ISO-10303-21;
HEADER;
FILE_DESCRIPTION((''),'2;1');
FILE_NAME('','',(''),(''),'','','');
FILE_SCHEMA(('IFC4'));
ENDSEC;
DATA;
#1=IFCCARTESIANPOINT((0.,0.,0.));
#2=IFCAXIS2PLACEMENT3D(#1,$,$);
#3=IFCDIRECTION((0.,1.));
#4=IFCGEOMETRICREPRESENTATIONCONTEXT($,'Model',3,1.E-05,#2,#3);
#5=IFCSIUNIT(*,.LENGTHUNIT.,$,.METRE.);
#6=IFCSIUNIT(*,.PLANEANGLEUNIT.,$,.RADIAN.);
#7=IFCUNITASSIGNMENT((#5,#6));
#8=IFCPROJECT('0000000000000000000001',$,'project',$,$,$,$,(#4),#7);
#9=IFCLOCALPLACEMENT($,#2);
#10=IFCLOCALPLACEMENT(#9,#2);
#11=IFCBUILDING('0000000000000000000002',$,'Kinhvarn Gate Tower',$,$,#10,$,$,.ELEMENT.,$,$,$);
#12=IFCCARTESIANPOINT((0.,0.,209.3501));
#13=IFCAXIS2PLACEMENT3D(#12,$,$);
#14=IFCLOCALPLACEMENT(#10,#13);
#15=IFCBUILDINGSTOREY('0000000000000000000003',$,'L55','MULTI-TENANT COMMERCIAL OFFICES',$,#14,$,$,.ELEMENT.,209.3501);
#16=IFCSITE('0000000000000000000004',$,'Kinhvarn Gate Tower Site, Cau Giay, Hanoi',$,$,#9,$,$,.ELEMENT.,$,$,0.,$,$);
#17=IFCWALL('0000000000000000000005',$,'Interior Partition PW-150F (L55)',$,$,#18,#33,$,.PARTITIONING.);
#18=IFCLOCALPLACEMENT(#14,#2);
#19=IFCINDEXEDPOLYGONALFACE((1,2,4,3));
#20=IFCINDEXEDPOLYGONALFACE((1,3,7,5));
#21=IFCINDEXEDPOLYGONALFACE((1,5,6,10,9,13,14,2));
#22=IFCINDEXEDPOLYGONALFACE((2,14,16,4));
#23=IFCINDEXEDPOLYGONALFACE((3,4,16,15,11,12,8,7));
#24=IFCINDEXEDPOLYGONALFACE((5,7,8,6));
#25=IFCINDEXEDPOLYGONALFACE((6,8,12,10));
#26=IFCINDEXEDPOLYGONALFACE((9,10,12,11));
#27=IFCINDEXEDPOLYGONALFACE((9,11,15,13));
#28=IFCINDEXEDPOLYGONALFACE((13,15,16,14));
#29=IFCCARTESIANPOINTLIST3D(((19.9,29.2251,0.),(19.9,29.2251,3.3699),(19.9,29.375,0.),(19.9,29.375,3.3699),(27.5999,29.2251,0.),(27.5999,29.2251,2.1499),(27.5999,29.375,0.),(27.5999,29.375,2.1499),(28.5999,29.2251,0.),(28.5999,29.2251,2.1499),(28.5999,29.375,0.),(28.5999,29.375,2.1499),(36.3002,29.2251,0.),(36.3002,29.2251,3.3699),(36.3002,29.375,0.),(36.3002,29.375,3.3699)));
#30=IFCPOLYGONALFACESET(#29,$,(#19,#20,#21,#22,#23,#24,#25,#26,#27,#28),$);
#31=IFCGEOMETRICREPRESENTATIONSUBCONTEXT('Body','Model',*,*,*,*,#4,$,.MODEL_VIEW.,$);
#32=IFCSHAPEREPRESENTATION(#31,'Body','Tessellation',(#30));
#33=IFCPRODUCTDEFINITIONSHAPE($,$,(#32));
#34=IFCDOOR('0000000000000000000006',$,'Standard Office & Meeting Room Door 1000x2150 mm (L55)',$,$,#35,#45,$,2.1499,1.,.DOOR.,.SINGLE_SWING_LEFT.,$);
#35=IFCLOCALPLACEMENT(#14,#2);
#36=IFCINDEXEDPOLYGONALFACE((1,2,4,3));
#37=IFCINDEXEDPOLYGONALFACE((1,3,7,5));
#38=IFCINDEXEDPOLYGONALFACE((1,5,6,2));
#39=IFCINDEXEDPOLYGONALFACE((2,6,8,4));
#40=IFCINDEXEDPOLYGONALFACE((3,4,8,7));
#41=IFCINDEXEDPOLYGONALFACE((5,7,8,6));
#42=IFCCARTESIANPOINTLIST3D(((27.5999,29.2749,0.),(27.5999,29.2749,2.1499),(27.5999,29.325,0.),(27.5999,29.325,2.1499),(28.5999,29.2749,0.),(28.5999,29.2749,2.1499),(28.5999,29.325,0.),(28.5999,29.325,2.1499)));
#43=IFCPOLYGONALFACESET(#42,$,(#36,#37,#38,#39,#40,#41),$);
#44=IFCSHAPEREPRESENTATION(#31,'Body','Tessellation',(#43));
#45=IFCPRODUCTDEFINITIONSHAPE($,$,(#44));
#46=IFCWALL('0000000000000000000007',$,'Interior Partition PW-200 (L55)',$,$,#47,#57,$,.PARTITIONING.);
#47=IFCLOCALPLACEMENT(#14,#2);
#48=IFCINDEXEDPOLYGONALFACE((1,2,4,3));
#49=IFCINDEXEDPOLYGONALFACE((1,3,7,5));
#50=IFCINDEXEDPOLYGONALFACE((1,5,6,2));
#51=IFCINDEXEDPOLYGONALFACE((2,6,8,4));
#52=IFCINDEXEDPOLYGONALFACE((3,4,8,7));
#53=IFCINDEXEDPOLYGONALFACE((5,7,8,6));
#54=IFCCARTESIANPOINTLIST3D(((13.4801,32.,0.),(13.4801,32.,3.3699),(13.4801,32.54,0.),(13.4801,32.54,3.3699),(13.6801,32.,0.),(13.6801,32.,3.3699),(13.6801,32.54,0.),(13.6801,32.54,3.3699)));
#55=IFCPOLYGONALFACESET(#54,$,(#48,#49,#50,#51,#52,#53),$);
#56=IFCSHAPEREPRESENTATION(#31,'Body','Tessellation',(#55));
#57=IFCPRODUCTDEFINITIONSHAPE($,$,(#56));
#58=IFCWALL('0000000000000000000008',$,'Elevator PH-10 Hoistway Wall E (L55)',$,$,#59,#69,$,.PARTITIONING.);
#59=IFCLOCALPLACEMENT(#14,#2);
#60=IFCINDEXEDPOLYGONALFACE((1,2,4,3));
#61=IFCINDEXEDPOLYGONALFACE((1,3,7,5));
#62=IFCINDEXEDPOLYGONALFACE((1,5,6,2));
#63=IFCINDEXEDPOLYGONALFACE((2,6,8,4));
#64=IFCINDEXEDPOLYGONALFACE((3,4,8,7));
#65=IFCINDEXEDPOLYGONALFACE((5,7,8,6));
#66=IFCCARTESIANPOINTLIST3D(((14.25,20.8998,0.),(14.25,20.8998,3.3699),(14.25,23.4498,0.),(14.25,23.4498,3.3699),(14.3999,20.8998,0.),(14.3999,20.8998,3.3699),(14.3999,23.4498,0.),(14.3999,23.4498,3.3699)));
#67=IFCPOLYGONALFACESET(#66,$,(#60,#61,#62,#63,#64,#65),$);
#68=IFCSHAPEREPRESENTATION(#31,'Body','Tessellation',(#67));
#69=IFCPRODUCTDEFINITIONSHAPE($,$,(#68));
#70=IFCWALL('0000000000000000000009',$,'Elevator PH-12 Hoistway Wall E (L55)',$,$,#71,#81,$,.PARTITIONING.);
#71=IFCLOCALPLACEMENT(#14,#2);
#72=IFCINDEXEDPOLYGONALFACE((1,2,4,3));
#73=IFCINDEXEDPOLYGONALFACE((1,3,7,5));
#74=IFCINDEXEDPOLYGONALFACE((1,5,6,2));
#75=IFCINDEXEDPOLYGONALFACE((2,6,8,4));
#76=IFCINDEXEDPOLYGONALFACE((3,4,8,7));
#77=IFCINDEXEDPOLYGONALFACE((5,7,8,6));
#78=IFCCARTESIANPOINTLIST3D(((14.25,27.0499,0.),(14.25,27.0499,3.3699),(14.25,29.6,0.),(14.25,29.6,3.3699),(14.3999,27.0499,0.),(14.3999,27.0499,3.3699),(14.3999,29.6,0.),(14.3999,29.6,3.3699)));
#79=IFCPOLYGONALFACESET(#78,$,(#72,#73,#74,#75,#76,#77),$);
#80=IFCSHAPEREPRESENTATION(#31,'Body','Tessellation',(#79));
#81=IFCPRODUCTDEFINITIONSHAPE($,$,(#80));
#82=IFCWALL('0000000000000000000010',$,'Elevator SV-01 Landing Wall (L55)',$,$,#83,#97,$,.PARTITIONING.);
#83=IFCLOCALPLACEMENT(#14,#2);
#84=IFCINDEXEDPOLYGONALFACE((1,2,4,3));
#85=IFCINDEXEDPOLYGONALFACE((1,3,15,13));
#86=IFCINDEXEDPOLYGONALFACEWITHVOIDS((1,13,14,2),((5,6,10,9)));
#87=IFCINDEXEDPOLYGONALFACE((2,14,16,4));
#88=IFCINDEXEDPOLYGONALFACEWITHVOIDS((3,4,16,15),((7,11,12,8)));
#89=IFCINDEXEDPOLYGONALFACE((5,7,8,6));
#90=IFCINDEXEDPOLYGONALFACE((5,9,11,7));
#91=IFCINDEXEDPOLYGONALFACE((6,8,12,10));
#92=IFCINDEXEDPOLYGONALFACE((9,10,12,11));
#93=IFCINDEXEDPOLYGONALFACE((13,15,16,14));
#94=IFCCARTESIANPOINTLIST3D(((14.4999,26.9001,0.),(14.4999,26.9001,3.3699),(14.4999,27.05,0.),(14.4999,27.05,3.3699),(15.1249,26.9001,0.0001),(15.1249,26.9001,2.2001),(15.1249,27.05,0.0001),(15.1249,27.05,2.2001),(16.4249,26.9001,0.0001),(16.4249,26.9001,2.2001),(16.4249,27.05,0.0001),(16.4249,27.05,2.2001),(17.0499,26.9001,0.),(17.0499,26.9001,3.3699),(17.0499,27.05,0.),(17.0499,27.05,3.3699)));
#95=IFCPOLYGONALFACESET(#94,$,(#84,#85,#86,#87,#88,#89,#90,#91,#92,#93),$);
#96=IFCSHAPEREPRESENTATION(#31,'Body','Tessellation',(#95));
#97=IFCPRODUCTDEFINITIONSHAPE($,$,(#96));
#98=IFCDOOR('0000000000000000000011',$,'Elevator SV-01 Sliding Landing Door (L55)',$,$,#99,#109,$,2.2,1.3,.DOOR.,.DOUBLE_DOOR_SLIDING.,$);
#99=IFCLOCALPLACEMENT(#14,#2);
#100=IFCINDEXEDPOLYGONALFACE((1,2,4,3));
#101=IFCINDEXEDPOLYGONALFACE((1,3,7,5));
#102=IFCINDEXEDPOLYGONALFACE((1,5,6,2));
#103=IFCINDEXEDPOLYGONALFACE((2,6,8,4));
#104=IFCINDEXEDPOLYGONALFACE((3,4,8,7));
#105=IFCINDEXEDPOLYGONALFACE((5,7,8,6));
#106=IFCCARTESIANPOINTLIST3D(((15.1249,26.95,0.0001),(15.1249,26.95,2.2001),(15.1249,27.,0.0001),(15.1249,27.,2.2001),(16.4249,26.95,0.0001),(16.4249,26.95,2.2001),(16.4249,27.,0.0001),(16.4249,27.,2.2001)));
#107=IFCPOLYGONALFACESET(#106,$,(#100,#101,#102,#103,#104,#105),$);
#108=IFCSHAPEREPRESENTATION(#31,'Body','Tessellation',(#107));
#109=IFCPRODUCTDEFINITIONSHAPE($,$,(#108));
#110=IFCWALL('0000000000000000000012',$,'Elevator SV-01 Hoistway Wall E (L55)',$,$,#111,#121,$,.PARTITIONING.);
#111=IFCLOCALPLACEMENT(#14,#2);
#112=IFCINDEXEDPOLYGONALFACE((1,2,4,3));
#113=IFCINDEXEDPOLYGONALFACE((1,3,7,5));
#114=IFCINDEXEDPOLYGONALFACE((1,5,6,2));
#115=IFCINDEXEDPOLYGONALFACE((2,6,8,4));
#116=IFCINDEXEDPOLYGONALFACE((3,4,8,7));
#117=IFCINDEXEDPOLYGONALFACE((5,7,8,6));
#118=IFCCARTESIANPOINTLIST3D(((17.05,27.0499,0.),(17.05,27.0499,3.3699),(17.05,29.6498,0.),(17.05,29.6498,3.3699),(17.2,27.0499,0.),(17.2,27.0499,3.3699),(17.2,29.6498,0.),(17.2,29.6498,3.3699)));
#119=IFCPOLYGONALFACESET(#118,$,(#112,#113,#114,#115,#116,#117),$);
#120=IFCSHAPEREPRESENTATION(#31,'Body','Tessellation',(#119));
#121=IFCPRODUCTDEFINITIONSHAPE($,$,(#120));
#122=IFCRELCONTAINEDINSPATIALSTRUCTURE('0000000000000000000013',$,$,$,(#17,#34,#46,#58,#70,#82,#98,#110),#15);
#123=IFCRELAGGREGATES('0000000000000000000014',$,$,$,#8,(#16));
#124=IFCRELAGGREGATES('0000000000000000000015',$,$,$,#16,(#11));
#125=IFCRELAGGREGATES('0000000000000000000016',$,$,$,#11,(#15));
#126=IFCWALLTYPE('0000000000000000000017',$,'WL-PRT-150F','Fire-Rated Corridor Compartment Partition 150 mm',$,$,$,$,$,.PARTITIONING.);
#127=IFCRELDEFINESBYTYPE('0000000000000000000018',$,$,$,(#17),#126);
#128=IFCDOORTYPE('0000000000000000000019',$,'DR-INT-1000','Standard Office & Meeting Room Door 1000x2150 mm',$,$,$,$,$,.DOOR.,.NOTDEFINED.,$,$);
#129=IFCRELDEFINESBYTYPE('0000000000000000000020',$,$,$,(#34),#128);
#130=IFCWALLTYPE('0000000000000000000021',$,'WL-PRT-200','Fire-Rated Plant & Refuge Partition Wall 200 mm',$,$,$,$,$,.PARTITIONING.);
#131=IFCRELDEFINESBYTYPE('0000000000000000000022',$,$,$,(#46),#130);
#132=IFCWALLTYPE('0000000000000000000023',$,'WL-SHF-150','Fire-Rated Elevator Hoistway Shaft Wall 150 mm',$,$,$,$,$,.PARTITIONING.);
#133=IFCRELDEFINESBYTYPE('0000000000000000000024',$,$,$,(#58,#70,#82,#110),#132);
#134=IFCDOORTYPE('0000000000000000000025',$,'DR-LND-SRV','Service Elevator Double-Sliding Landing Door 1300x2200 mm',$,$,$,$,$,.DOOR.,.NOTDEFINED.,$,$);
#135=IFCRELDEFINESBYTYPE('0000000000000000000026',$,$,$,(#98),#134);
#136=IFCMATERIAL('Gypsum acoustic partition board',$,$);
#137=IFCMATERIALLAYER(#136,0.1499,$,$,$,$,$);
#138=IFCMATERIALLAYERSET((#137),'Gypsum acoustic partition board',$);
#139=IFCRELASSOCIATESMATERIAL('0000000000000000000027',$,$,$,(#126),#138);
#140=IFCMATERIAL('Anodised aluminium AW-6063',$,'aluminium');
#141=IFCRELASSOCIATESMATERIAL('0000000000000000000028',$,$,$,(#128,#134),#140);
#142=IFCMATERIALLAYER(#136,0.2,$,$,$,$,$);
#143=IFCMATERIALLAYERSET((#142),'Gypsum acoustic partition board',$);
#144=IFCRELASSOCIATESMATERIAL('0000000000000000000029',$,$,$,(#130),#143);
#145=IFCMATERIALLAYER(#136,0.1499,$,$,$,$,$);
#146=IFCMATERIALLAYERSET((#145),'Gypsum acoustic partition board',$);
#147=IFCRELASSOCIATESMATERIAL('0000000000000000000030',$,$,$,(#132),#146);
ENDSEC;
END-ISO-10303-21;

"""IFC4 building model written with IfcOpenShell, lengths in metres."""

from ifc_helpers import new_model, si_unit, direction, frame, frame_2d, origin, place, context, subcontext, project, spatial, rectangle, extrude, material, layer, layer_set, type_object, element, fill, save


model = new_model("IFC4")

# Units and contexts
model_context = context("Model", 3, precision=1e-05, world=origin(), true_north=direction((0.0, 1.0)))
body_context = subcontext(model_context, "Body", "Model", "MODEL_VIEW")
ifc_project = project(units=[si_unit("LENGTHUNIT", "METRE"), si_unit("PLANEANGLEUNIT", "RADIAN")], contexts=[model_context])

# Site, building, storey
site_placement = place(None, origin())
site = spatial("IfcSite", under=ifc_project, at=site_placement, Name="Kinhvarn Gate Tower Site, Cau Giay, Hanoi", CompositionType="ELEMENT", RefElevation=0.0)
building_placement = place(site_placement, origin())
building = spatial("IfcBuilding", under=site, at=building_placement, Name="Kinhvarn Gate Tower", CompositionType="ELEMENT")
storey_placement = place(building_placement, frame((0.0, 0.0, 209.3501)))
storey = spatial("IfcBuildingStorey", under=building, at=storey_placement, Name="L55", Description="MULTI-TENANT COMMERCIAL OFFICES", CompositionType="ELEMENT", Elevation=209.3501)

# Shared definitions
ifc_material_1 = material(Name="Anodised aluminium AW-6063", Category="aluminium")

# Shared definitions
ifc_material_2 = material(Name="Gypsum acoustic partition board")

# Shared definitions
ifc_layer_1 = layer(ifc_material_2, 0.1499)
ifc_layer_set_1 = layer_set([ifc_layer_1], Name="Gypsum acoustic partition board")
wall_type_1 = type_object("IfcWallType", Name="WL-PRT-150F", Description="Fire-Rated Corridor Compartment Partition 150 mm", PredefinedType="PARTITIONING", material=ifc_layer_set_1)

# Wall, opening, door
door_type_1 = type_object("IfcDoorType", Name="DR-INT-1000", Description="Standard Office & Meeting Room Door 1000x2150 mm", OperationType="NOTDEFINED", PredefinedType="DOOR", material=ifc_material_1)
wall_1_placement = place(storey_placement, frame((19.8999, 29.3, 0.0), z_axis=(0.0, 0.0, 1.0), x_axis=(1.0, 0.0, 0.0)))
wall_1 = element("IfcWall", 1, at=wall_1_placement, inside=storey, type_object=wall_type_1, Name="Interior Partition PW-150F (L55)", PredefinedType="PARTITIONING", context=body_context, shape_type="SweptSolid", body=[
    extrude(rectangle(XDim=16.4001, YDim=0.1499, at=frame_2d((8.2002, 0.0))), origin(), (0.0, 0.0, 1.0), 3.3699),
])
opening_1_placement = place(wall_1_placement, frame((7.7, 0.0, 0.0)))
opening_1 = element("IfcOpeningElement", 2, at=opening_1_placement, cuts=wall_1, PredefinedType="OPENING", context=body_context, shape_type="SweptSolid", body=[
    extrude(rectangle(XDim=1.0, YDim=2.1499, at=frame_2d((0.5, 1.075))), frame((0.0, 0.085, 0.0), z_axis=(0.0, -1.0, 0.0), x_axis=(1.0, 0.0, 0.0)), (0.0, 0.0, 1.0), 0.1699),
])
door_1_placement = place(opening_1_placement, origin())
door_1 = element("IfcDoor", 3, at=door_1_placement, inside=storey, type_object=door_type_1, Name="Standard Office & Meeting Room Door 1000x2150 mm (L55)", OperationType="SINGLE_SWING_LEFT", OverallHeight=2.1499, OverallWidth=1.0, PredefinedType="DOOR", context=body_context, shape_type="SweptSolid", body=[
    extrude(rectangle(XDim=1.0, YDim=2.1499, at=frame_2d((0.5, 1.075))), frame((0.0, 0.0249, 0.0), z_axis=(0.0, -1.0, 0.0), x_axis=(1.0, 0.0, 0.0)), (0.0, 0.0, 1.0), 0.05),
])
fill(opening_1, door_1)

# Walls
ifc_layer_2 = layer(ifc_material_2, 0.2)
ifc_layer_set_2 = layer_set([ifc_layer_2], Name="Gypsum acoustic partition board")
wall_type_2 = type_object("IfcWallType", Name="WL-PRT-200", Description="Fire-Rated Plant & Refuge Partition Wall 200 mm", PredefinedType="PARTITIONING", material=ifc_layer_set_2)
wall_2_placement = place(storey_placement, frame((13.5801, 32.0, 0.0), z_axis=(0.0, 0.0, 1.0), x_axis=(0.0, 1.0, 0.0)))
element("IfcWall", 4, at=wall_2_placement, inside=storey, type_object=wall_type_2, Name="Interior Partition PW-200 (L55)", PredefinedType="PARTITIONING", context=body_context, shape_type="SweptSolid", body=[
    extrude(rectangle(XDim=0.54, YDim=0.2, at=frame_2d((0.27, 0.0))), origin(), (0.0, 0.0, 1.0), 3.3699),
])
ifc_layer_3 = layer(ifc_material_2, 0.1499)
ifc_layer_set_3 = layer_set([ifc_layer_3], Name="Gypsum acoustic partition board")
wall_type_3 = type_object("IfcWallType", Name="WL-SHF-150", Description="Fire-Rated Elevator Hoistway Shaft Wall 150 mm", PredefinedType="PARTITIONING", material=ifc_layer_set_3)
for number, where, z_axis, x_axis, name in (
    (5, (14.325, 20.8999, 0.0), (0.0, 0.0, 1.0), (0.0, 1.0, 0.0), "Elevator PH-10 Hoistway Wall E (L55)"),
    (6, (14.325, 27.05, 0.0), (0.0, 0.0, 1.0), (0.0, 1.0, 0.0), "Elevator PH-12 Hoistway Wall E (L55)"),
):
    element("IfcWall", number, at=place(storey_placement, frame(where, z_axis=z_axis, x_axis=x_axis)), inside=storey, type_object=wall_type_3, Name=name, PredefinedType="PARTITIONING", context=body_context, shape_type="SweptSolid", body=[
        extrude(rectangle(XDim=2.55, YDim=0.1499, at=frame_2d((1.2749, 0.0))), origin(), (0.0, 0.0, 1.0), 3.3699),
    ])

# Wall, opening, door
wall_3_placement = place(storey_placement, frame((14.5, 26.9751, 0.0), z_axis=(0.0, 0.0, 1.0), x_axis=(1.0, 0.0, 0.0)))
wall_3 = element("IfcWall", 7, at=wall_3_placement, inside=storey, type_object=wall_type_3, Name="Elevator SV-01 Landing Wall (L55)", PredefinedType="PARTITIONING", context=body_context, shape_type="SweptSolid", body=[
    extrude(rectangle(XDim=2.55, YDim=0.1499, at=frame_2d((1.2749, 0.0))), origin(), (0.0, 0.0, 1.0), 3.3699),
])
opening_2_placement = place(wall_3_placement, frame((0.625, 0.0, 0.0)))
opening_2 = element("IfcOpeningElement", 8, at=opening_2_placement, cuts=wall_3, PredefinedType="OPENING", context=body_context, shape_type="SweptSolid", body=[
    extrude(rectangle(XDim=1.3, YDim=2.2, at=frame_2d((0.6499, 1.1001))), frame((0.0, 0.085, 0.0), z_axis=(0.0, -1.0, 0.0), x_axis=(1.0, 0.0, 0.0)), (0.0, 0.0, 1.0), 0.1699),
])
door_type_2 = type_object("IfcDoorType", Name="DR-LND-SRV", Description="Service Elevator Double-Sliding Landing Door 1300x2200 mm", OperationType="NOTDEFINED", PredefinedType="DOOR", material=ifc_material_1)
door_2_placement = place(opening_2_placement, origin())
door_2 = element("IfcDoor", 9, at=door_2_placement, inside=storey, type_object=door_type_2, Name="Elevator SV-01 Sliding Landing Door (L55)", OperationType="DOUBLE_DOOR_SLIDING", OverallHeight=2.2, OverallWidth=1.3, PredefinedType="DOOR", context=body_context, shape_type="SweptSolid", body=[
    extrude(rectangle(XDim=1.3, YDim=2.2, at=frame_2d((0.6499, 1.1001))), frame((0.0, 0.0249, 0.0), z_axis=(0.0, -1.0, 0.0), x_axis=(1.0, 0.0, 0.0)), (0.0, 0.0, 1.0), 0.05),
])
fill(opening_2, door_2)

# Wall
wall_4_placement = place(storey_placement, frame((17.125, 27.05, 0.0), z_axis=(0.0, 0.0, 1.0), x_axis=(0.0, 1.0, 0.0)))
element("IfcWall", 10, at=wall_4_placement, inside=storey, type_object=wall_type_3, Name="Elevator SV-01 Hoistway Wall E (L55)", PredefinedType="PARTITIONING", context=body_context, shape_type="SweptSolid", body=[
    extrude(rectangle(XDim=2.5999, YDim=0.1499, at=frame_2d((1.2998, 0.0))), origin(), (0.0, 0.0, 1.0), 3.3699),
])

save(model, "model.ifc")
